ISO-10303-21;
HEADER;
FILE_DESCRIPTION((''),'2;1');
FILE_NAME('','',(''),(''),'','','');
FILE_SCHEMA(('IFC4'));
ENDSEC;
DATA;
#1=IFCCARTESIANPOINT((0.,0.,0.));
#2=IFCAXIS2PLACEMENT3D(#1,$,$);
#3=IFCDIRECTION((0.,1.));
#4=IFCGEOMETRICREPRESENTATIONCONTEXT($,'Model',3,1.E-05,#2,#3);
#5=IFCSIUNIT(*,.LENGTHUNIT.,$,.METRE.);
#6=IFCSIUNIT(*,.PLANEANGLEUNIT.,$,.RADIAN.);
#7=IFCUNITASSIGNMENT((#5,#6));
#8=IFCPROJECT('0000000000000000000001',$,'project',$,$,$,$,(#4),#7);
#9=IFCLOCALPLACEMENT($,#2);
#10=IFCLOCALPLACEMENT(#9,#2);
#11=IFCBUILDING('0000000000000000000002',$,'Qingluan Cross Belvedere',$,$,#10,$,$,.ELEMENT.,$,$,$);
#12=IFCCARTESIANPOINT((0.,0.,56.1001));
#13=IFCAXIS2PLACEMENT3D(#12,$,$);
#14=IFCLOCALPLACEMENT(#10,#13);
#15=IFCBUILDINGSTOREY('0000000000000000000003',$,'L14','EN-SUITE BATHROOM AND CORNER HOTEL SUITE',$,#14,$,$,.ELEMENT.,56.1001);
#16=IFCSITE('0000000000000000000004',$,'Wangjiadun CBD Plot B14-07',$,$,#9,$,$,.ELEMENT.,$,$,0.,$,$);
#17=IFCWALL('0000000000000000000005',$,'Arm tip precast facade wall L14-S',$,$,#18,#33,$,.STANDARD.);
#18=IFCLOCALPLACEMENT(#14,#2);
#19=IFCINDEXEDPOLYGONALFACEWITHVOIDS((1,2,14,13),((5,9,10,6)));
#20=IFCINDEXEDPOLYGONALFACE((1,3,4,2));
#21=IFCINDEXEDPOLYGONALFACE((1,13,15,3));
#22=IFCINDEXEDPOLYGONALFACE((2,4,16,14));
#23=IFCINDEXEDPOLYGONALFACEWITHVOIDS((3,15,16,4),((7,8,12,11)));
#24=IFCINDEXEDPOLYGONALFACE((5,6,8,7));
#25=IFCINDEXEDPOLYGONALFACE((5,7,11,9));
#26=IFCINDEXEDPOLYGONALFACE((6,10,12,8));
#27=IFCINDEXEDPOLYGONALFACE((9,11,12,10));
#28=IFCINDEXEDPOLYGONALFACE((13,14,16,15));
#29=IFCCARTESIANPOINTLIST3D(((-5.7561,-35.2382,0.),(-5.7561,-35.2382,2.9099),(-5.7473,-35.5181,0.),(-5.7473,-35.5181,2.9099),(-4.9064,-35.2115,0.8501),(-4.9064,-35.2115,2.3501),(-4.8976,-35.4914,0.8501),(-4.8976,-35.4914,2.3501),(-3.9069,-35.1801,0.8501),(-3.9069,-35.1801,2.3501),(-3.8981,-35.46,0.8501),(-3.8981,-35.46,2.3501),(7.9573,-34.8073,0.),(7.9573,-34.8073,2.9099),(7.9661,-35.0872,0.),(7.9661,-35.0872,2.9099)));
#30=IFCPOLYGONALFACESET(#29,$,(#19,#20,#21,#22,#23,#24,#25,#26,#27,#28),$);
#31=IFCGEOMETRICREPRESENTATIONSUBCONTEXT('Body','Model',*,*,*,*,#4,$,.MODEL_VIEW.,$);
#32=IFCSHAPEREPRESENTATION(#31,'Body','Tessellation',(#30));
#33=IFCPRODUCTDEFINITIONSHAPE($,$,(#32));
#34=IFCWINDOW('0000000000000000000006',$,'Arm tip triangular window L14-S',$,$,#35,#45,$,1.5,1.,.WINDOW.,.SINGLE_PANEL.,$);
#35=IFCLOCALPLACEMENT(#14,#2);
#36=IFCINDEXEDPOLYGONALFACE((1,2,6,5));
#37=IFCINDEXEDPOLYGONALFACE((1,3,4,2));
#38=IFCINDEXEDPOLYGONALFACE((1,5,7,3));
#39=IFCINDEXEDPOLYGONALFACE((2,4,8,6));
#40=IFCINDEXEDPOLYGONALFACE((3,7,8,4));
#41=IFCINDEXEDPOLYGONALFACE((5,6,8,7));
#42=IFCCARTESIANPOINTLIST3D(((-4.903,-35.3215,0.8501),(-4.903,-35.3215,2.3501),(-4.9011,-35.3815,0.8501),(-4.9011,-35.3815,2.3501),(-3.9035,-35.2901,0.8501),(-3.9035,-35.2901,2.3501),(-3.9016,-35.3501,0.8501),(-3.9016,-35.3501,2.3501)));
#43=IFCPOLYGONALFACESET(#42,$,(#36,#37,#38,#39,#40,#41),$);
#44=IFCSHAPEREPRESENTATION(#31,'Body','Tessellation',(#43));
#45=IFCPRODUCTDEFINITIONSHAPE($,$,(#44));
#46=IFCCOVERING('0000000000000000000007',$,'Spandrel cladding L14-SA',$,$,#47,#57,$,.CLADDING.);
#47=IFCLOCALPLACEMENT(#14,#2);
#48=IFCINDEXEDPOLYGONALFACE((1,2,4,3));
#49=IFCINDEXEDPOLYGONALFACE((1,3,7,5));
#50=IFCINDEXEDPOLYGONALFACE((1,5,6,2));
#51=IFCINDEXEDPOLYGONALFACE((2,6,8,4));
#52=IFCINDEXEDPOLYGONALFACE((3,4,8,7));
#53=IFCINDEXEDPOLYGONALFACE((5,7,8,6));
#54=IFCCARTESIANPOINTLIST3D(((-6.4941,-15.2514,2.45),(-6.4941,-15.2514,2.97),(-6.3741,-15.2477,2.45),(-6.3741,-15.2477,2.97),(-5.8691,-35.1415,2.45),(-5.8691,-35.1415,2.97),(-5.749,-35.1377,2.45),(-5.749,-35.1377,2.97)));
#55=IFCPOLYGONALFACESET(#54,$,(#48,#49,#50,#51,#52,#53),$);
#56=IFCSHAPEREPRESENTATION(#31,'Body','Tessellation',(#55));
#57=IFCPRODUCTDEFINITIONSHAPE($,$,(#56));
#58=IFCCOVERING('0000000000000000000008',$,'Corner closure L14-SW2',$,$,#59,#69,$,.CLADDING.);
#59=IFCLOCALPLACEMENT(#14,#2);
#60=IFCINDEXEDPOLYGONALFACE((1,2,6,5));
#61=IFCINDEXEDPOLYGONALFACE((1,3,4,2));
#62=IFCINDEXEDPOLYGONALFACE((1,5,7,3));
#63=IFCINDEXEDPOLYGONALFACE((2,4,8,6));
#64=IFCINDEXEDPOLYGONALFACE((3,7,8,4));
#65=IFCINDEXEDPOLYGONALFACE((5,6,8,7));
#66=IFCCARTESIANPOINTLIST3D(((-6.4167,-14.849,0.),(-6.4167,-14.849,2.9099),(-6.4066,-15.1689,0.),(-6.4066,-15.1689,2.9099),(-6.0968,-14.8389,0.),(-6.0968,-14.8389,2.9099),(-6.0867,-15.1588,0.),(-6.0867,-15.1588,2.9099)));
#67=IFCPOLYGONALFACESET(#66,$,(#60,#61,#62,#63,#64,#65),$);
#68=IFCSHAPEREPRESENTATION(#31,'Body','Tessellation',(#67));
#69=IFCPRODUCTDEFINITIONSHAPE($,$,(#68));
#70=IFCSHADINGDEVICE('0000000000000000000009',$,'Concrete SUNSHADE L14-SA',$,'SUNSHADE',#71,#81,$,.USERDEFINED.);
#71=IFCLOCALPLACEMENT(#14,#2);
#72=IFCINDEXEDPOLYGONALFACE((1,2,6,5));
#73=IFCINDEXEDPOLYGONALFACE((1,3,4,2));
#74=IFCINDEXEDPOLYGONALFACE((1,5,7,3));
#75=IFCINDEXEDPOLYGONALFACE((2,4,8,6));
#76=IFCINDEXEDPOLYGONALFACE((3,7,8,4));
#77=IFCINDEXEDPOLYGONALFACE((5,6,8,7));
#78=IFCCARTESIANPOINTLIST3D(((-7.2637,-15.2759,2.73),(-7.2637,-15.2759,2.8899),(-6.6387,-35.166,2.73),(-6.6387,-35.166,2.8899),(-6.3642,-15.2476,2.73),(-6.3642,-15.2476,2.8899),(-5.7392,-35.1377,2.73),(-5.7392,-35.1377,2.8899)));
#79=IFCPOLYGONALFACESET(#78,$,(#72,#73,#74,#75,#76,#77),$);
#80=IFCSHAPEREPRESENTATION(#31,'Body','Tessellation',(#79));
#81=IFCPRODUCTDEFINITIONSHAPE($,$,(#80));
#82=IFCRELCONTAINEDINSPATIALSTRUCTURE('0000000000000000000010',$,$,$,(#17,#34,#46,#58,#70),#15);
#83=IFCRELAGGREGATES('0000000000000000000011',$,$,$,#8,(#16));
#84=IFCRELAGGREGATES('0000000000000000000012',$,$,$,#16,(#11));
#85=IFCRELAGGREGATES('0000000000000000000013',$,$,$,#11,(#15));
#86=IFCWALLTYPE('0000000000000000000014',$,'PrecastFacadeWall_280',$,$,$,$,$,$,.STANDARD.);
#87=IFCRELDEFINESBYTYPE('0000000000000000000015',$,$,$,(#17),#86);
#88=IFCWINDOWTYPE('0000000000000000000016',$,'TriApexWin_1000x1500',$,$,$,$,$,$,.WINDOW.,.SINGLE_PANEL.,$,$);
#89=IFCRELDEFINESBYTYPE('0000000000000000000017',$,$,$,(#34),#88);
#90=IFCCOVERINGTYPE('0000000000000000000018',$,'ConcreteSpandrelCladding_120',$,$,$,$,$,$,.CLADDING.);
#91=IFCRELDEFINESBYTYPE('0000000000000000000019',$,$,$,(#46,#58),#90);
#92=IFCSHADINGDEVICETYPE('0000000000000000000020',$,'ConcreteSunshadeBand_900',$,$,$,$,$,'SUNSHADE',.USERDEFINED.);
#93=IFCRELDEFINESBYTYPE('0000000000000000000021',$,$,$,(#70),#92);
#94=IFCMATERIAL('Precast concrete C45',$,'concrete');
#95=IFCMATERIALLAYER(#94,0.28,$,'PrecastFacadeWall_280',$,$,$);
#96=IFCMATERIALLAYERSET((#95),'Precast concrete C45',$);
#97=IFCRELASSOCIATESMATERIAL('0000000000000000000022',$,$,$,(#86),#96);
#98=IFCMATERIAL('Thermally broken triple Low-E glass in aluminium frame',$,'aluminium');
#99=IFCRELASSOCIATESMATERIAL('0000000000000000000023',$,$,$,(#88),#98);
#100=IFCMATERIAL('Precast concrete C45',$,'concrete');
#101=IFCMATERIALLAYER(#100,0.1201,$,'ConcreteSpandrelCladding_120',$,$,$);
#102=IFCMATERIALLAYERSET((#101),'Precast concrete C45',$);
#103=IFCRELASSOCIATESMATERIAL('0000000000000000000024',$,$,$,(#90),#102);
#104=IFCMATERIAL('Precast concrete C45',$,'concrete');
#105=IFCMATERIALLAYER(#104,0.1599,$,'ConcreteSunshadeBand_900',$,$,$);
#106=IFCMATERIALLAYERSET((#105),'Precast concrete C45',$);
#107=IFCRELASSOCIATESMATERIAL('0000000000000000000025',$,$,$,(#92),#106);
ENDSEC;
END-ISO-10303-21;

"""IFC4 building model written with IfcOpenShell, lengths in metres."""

from ifc_helpers import new_model, si_unit, direction, frame, frame_2d, origin, origin_2d, place, context, subcontext, project, spatial, rectangle, extrude, material, layer, layer_set, type_object, element, fill, save


model = new_model("IFC4")

# Units and contexts
model_context = context("Model", 3, precision=1e-05, world=origin(), true_north=direction((0.0, 1.0)))
body_context = subcontext(model_context, "Body", "Model", "MODEL_VIEW")
ifc_project = project(units=[si_unit("LENGTHUNIT", "METRE"), si_unit("PLANEANGLEUNIT", "RADIAN")], contexts=[model_context])

# Site, building, storey
site_placement = place(None, origin())
site = spatial("IfcSite", under=ifc_project, at=site_placement, Name="Wangjiadun CBD Plot B14-07", CompositionType="ELEMENT", RefElevation=0.0)
building_placement = place(site_placement, origin())
building = spatial("IfcBuilding", under=site, at=building_placement, Name="Qingluan Cross Belvedere", CompositionType="ELEMENT")
storey_placement = place(building_placement, frame((0.0, 0.0, 56.1001)))
storey = spatial("IfcBuildingStorey", under=building, at=storey_placement, Name="L14", Description="EN-SUITE BATHROOM AND CORNER HOTEL SUITE", CompositionType="ELEMENT", Elevation=56.1001)

# Shared definitions
ifc_material_1 = material(Name="Precast concrete C45", Category="concrete")
ifc_layer_1 = layer(ifc_material_1, 0.28, Name="PrecastFacadeWall_280")
ifc_layer_set_1 = layer_set([ifc_layer_1], Name="Precast concrete C45")
wall_type_1 = type_object("IfcWallType", Name="PrecastFacadeWall_280", PredefinedType="STANDARD", material=ifc_layer_set_1)

# Wall, opening, window
wall_1_placement = place(storey_placement, frame((-5.7517, -35.3782, 0.0), z_axis=(0.0, 0.0, 1.0), x_axis=(0.999507, 0.031407, 0.0)))
wall_1 = element("IfcWall", 1, at=wall_1_placement, inside=storey, type_object=wall_type_1, Name="Arm tip precast facade wall L14-S", PredefinedType="STANDARD", context=body_context, shape_type="SweptSolid", body=[
    extrude(rectangle(XDim=13.7202, YDim=0.28, at=frame_2d((6.8601, 0.0))), origin(), (0.0, 0.0, 1.0), 2.9099),
])
opening_1_placement = place(wall_1_placement, frame((0.8501, 0.0, 0.8501)))
opening_1 = element("IfcOpeningElement", 2, at=opening_1_placement, cuts=wall_1, PredefinedType="OPENING", context=body_context, shape_type="SweptSolid", body=[
    extrude(rectangle(XDim=1.0, YDim=1.5, at=frame_2d((0.5, 0.75))), frame((0.0, 0.1499, 0.0), z_axis=(0.0, -1.0, 0.0), x_axis=(1.0, 0.0, 0.0)), (0.0, 0.0, 1.0), 0.3),
])
ifc_material_2 = material(Name="Thermally broken triple Low-E glass in aluminium frame", Category="aluminium")
window_type_1 = type_object("IfcWindowType", Name="TriApexWin_1000x1500", PartitioningType="SINGLE_PANEL", PredefinedType="WINDOW", material=ifc_material_2)
window_1_placement = place(opening_1_placement, origin())
window_1 = element("IfcWindow", 3, at=window_1_placement, inside=storey, type_object=window_type_1, Name="Arm tip triangular window L14-S", OverallHeight=1.5, OverallWidth=1.0, PartitioningType="SINGLE_PANEL", PredefinedType="WINDOW", context=body_context, shape_type="SweptSolid", body=[
    extrude(rectangle(XDim=1.0, YDim=1.5, at=frame_2d((0.5, 0.75))), frame((0.0, 0.03, 0.0), z_axis=(0.0, -1.0, 0.0), x_axis=(1.0, 0.0, 0.0)), (0.0, 0.0, 1.0), 0.0601),
])
fill(opening_1, window_1)

# Coverings
ifc_material_3 = material(Name="Precast concrete C45", Category="concrete")
ifc_layer_2 = layer(ifc_material_3, 0.1201, Name="ConcreteSpandrelCladding_120")
ifc_layer_set_2 = layer_set([ifc_layer_2], Name="Precast concrete C45")
covering_type = type_object("IfcCoveringType", Name="ConcreteSpandrelCladding_120", PredefinedType="CLADDING", material=ifc_layer_set_2)
covering_1_placement = place(storey_placement, frame((-6.1216, -25.1946, 2.45), z_axis=(0.0, 0.0, 1.0), x_axis=(0.031408, -0.999507, 0.0)))
element("IfcCovering", 4, at=covering_1_placement, inside=storey, type_object=covering_type, Name="Spandrel cladding L14-SA", PredefinedType="CLADDING", context=body_context, shape_type="SweptSolid", body=[
    extrude(rectangle(XDim=19.8999, YDim=0.1201, at=origin_2d()), origin(), (0.0, 0.0, 1.0), 0.52),
])
covering_2_placement = place(storey_placement, frame((-6.2517, -15.0039, 0.0), z_axis=(0.0, 0.0, 1.0), x_axis=(0.999507, 0.031411, 0.0)))
element("IfcCovering", 5, at=covering_2_placement, inside=storey, type_object=covering_type, Name="Corner closure L14-SW2", PredefinedType="CLADDING", context=body_context, shape_type="SweptSolid", body=[
    extrude(rectangle(XDim=0.3201, YDim=0.3201, at=origin_2d()), origin(), (0.0, 0.0, 1.0), 2.9099),
])

# Shading device
ifc_material_4 = material(Name="Precast concrete C45", Category="concrete")
ifc_layer_3 = layer(ifc_material_4, 0.1599, Name="ConcreteSunshadeBand_900")
ifc_layer_set_3 = layer_set([ifc_layer_3], Name="Precast concrete C45")
shading_device_type = type_object("IfcShadingDeviceType", Name="ConcreteSunshadeBand_900", ElementType="SUNSHADE", PredefinedType="USERDEFINED", material=ifc_layer_set_3)
shading_device_placement = place(storey_placement, frame((-6.5015, -25.2068, 2.73), z_axis=(0.0, 0.0, 1.0), x_axis=(0.031408, -0.999507, 0.0)))
element("IfcShadingDevice", 6, at=shading_device_placement, inside=storey, type_object=shading_device_type, Name="Concrete SUNSHADE L14-SA", ObjectType="SUNSHADE", PredefinedType="USERDEFINED", context=body_context, shape_type="SweptSolid", body=[
    extrude(rectangle(XDim=19.8999, YDim=0.8999, at=origin_2d()), origin(), (0.0, 0.0, 1.0), 0.1599),
])

save(model, "model.ifc")
